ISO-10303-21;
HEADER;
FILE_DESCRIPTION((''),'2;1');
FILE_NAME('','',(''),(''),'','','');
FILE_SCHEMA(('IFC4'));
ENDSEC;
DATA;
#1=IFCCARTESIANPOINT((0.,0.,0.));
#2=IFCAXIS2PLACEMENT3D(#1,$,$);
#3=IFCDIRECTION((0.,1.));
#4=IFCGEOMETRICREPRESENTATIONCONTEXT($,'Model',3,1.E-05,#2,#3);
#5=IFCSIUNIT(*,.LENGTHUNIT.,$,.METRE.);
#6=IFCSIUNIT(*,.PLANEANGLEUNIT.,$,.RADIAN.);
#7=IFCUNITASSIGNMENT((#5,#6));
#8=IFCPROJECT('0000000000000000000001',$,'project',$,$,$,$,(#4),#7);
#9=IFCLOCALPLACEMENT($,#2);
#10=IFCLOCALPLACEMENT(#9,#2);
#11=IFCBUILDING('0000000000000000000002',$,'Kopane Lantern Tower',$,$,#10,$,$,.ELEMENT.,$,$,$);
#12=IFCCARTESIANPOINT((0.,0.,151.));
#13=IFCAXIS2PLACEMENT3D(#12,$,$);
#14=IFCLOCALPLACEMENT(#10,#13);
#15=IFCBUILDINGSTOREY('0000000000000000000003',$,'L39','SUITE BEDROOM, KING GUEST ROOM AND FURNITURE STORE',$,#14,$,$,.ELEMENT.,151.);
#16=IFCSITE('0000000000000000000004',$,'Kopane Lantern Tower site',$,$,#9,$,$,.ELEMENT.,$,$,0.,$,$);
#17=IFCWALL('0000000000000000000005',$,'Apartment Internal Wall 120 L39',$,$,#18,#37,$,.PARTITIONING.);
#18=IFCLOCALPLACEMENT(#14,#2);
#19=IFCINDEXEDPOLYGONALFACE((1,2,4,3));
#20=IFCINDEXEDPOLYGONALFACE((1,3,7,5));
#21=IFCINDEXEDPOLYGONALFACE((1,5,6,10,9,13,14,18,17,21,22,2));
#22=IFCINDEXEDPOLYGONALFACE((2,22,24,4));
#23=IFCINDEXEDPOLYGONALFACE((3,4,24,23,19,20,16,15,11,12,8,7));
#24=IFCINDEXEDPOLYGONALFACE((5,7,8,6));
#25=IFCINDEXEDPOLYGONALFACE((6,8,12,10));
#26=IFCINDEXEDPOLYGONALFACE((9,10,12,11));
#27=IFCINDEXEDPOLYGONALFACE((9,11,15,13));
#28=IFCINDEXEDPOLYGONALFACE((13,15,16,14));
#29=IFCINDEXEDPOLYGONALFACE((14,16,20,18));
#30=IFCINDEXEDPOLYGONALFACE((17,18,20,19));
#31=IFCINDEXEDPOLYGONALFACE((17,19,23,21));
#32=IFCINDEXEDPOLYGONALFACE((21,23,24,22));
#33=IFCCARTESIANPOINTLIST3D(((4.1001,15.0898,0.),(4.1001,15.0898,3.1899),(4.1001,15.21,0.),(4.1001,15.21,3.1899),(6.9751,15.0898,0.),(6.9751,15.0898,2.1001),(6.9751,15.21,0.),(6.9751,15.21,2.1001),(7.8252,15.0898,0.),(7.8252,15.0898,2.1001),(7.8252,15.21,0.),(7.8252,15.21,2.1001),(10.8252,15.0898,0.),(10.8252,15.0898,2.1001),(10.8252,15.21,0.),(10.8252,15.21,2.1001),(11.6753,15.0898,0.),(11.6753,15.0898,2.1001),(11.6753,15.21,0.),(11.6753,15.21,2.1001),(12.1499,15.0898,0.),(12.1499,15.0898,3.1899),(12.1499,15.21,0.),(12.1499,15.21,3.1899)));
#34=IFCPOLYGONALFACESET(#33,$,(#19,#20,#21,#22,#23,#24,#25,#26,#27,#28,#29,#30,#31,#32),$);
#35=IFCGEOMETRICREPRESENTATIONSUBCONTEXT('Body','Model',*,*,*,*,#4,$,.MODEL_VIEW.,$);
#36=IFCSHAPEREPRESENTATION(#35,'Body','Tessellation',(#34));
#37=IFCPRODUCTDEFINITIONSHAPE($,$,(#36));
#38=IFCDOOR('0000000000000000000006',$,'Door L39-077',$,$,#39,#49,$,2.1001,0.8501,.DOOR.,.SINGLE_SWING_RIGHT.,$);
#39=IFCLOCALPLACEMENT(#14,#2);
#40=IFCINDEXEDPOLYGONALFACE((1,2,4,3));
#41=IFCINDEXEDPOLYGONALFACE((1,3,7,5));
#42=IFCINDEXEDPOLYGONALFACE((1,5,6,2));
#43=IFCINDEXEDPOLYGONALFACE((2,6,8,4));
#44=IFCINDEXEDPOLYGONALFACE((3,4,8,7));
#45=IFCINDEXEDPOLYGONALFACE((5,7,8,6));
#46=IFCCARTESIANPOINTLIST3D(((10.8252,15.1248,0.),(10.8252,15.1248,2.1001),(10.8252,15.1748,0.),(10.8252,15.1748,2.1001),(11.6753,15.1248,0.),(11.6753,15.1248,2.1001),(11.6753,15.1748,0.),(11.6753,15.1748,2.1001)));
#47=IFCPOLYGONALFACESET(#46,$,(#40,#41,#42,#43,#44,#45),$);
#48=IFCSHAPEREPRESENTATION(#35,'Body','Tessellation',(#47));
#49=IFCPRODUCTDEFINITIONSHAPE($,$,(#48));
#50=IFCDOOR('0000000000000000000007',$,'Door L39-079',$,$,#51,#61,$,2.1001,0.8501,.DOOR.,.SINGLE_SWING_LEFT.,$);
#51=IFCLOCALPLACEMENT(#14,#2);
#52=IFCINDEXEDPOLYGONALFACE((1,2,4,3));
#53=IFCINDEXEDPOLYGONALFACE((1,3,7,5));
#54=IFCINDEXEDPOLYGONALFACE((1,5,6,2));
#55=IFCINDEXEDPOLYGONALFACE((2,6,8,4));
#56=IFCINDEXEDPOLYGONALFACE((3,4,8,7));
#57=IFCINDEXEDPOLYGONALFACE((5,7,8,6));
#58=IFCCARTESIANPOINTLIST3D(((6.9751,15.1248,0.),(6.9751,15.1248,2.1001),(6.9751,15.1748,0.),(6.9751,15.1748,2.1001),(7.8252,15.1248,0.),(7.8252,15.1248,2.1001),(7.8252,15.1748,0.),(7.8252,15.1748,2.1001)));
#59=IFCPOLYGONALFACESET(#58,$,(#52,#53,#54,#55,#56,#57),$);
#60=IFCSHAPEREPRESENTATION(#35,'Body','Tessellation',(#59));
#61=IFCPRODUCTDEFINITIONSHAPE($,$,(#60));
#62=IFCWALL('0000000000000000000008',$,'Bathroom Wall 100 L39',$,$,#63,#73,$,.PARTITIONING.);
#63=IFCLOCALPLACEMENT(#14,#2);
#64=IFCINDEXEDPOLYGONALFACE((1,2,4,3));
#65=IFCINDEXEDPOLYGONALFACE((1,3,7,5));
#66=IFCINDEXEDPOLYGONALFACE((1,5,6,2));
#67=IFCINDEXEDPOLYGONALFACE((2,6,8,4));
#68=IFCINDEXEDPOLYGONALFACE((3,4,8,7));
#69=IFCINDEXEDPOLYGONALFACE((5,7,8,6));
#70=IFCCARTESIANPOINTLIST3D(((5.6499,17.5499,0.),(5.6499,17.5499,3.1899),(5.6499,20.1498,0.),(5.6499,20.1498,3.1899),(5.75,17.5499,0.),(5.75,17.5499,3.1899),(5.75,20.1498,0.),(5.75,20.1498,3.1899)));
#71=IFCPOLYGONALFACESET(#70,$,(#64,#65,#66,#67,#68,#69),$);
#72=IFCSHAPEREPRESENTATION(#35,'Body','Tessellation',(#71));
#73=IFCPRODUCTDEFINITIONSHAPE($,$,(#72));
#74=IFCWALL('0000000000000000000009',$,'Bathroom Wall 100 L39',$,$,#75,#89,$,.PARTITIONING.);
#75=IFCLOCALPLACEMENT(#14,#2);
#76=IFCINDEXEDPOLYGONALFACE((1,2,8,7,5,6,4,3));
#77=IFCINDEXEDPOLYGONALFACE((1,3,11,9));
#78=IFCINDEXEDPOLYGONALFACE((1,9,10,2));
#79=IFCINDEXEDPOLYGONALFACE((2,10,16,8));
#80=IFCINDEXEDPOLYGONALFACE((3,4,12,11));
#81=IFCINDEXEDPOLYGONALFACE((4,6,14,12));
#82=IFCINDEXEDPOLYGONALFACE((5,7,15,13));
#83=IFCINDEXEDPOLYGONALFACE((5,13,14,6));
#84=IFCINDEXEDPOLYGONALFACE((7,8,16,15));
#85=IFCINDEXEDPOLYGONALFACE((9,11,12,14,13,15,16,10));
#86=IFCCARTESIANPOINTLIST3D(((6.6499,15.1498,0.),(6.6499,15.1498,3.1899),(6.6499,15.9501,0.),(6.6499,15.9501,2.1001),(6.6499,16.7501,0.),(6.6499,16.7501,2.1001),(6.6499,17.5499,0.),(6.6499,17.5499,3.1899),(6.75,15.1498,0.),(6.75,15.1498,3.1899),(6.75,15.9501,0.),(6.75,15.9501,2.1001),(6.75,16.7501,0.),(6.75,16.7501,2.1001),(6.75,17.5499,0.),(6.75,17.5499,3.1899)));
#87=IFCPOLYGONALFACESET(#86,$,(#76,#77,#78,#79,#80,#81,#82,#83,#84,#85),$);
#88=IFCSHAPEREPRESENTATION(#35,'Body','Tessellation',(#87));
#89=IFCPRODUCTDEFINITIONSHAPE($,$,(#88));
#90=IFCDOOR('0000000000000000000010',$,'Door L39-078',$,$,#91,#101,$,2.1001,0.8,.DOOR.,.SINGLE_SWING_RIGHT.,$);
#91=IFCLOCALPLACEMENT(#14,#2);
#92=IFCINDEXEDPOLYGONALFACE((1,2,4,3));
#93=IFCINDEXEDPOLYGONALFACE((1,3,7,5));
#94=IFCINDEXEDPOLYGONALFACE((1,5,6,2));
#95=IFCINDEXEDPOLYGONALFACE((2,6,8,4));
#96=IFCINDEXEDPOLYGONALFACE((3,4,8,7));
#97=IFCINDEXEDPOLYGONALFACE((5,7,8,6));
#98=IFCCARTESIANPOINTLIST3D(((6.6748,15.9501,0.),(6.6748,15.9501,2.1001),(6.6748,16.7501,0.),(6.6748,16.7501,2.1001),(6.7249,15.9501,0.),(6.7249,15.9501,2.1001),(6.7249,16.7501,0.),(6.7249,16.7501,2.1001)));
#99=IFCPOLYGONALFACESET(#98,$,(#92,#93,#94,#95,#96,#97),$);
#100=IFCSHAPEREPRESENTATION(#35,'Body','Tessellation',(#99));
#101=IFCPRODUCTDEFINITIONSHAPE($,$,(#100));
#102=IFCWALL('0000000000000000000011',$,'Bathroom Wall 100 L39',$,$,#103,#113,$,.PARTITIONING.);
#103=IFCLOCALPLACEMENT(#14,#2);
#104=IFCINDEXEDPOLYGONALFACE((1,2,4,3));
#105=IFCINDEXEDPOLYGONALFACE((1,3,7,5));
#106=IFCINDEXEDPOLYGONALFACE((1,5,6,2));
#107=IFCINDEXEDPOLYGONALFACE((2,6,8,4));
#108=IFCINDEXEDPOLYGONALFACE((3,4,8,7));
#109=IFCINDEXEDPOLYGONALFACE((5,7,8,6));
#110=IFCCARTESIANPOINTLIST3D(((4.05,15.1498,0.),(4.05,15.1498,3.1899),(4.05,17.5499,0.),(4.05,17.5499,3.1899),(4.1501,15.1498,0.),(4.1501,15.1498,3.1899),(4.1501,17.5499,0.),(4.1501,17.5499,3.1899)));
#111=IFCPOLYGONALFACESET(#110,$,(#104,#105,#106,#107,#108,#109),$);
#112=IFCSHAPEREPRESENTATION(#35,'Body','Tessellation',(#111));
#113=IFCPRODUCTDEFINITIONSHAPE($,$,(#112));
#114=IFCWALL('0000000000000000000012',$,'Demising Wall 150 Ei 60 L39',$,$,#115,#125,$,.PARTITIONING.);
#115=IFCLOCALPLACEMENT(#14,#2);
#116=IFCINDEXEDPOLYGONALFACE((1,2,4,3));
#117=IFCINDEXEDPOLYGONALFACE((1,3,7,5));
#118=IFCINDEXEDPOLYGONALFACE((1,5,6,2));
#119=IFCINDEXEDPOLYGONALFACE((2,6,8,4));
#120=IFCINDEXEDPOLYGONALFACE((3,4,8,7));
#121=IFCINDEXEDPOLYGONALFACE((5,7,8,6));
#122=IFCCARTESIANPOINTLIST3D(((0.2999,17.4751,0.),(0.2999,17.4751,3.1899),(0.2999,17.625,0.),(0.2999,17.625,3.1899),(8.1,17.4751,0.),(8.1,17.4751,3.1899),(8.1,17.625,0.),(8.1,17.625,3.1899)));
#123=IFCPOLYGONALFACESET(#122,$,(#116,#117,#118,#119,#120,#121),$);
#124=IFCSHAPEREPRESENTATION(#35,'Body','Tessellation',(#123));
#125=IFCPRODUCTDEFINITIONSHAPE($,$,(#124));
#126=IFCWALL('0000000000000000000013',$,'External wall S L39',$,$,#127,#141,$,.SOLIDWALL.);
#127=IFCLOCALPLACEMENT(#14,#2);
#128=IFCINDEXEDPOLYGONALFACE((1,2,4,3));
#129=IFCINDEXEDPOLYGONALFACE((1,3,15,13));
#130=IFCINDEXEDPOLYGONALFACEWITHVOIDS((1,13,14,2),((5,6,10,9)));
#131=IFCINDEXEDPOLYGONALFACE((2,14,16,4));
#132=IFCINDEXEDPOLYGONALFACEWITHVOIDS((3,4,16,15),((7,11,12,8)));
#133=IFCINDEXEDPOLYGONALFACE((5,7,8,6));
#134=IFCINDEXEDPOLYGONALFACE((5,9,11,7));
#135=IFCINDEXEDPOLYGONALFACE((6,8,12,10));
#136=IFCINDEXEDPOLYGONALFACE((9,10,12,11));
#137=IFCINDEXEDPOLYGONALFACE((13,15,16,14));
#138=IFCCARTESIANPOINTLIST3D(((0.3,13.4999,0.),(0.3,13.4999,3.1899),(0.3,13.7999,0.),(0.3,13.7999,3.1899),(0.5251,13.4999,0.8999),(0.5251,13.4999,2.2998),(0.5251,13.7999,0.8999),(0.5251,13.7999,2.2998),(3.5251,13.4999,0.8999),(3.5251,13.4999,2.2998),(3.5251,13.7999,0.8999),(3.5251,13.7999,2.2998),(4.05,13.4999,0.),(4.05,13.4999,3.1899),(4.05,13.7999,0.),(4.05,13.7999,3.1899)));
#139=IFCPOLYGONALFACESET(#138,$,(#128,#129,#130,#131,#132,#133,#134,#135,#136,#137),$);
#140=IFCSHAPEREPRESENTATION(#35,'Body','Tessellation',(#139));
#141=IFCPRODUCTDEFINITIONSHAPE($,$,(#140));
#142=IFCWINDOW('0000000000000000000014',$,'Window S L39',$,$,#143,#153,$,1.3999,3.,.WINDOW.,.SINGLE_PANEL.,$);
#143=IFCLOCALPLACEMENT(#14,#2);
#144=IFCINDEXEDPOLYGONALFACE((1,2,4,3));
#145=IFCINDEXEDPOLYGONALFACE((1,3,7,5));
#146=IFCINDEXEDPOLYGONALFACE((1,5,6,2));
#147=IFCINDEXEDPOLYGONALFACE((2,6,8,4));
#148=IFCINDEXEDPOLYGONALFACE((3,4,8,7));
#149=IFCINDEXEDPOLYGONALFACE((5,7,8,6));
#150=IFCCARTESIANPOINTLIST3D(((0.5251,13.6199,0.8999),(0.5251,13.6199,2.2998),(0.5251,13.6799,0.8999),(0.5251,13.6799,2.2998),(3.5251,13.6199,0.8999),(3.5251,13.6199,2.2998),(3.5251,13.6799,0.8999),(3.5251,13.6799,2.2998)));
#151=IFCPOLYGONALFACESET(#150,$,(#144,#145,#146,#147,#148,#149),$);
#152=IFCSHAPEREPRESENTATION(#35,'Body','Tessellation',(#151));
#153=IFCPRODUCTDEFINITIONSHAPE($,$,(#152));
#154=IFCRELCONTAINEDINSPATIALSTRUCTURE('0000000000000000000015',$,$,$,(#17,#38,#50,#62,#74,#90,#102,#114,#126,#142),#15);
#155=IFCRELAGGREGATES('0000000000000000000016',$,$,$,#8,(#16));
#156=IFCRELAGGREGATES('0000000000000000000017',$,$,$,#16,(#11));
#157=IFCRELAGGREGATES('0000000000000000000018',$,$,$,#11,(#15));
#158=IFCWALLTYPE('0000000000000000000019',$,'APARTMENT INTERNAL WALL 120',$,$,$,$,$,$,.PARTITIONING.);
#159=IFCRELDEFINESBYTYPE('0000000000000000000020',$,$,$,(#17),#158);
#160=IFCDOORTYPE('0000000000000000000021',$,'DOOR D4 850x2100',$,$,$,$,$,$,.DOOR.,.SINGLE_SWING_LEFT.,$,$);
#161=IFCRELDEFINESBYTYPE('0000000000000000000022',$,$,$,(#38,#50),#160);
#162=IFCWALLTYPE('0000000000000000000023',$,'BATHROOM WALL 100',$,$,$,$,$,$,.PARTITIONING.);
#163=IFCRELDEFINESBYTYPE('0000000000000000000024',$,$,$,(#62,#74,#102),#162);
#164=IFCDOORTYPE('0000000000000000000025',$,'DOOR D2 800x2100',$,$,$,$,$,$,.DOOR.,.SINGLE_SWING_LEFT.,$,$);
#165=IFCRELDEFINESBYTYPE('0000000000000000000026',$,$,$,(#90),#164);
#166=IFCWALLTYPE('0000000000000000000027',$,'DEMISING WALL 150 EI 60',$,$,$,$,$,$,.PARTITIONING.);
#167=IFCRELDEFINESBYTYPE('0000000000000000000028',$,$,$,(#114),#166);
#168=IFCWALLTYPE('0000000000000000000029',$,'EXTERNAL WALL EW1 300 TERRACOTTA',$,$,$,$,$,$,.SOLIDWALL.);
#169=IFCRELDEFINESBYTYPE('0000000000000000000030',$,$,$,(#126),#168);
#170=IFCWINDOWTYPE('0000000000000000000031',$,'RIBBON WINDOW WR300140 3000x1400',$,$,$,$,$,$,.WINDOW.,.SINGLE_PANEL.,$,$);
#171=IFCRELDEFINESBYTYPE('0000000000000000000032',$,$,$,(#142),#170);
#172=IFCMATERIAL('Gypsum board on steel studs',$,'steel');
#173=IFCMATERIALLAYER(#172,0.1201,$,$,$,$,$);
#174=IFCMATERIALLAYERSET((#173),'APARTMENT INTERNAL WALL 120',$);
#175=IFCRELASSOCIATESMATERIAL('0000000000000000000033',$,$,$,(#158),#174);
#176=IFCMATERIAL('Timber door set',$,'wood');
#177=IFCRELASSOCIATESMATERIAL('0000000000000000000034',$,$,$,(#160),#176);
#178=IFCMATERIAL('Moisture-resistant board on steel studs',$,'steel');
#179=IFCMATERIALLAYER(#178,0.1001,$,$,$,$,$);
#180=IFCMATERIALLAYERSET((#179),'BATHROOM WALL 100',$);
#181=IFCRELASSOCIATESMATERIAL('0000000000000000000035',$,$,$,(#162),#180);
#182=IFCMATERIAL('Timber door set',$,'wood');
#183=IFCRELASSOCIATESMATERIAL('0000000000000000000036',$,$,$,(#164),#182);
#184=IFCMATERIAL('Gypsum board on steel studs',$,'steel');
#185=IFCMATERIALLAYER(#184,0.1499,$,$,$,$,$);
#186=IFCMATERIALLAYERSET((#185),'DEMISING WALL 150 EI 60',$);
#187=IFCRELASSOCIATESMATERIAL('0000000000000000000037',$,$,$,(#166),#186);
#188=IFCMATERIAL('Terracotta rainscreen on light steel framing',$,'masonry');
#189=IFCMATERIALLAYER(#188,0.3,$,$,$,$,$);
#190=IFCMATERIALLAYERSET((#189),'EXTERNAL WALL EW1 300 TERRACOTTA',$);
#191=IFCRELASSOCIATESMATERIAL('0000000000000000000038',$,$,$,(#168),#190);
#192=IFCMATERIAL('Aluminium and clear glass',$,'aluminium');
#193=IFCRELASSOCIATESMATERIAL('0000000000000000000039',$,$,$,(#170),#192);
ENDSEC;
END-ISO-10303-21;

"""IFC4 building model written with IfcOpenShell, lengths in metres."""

from ifc_helpers import new_model, si_unit, direction, frame, frame_2d, origin, place, context, subcontext, project, spatial, rectangle, extrude, material, layer, layer_set, type_object, element, fill, save


model = new_model("IFC4")

# Units and contexts
model_context = context("Model", 3, precision=1e-05, world=origin(), true_north=direction((0.0, 1.0)))
body_context = subcontext(model_context, "Body", "Model", "MODEL_VIEW")
ifc_project = project(units=[si_unit("LENGTHUNIT", "METRE"), si_unit("PLANEANGLEUNIT", "RADIAN")], contexts=[model_context])

# Site, building, storey
site_placement = place(None, origin())
site = spatial("IfcSite", under=ifc_project, at=site_placement, Name="Kopane Lantern Tower site", CompositionType="ELEMENT", RefElevation=0.0)
building_placement = place(site_placement, origin())
building = spatial("IfcBuilding", under=site, at=building_placement, Name="Kopane Lantern Tower", CompositionType="ELEMENT")
storey_placement = place(building_placement, frame((0.0, 0.0, 151.0)))
storey = spatial("IfcBuildingStorey", under=building, at=storey_placement, Name="L39", Description="SUITE BEDROOM, KING GUEST ROOM AND FURNITURE STORE", CompositionType="ELEMENT", Elevation=151.0)

# Wall, openings, doors
ifc_material_1 = material(Name="Gypsum board on steel studs", Category="steel")
ifc_layer_1 = layer(ifc_material_1, 0.1201)
ifc_layer_set_1 = layer_set([ifc_layer_1], Name="APARTMENT INTERNAL WALL 120")
wall_type_1 = type_object("IfcWallType", Name="APARTMENT INTERNAL WALL 120", PredefinedType="PARTITIONING", material=ifc_layer_set_1)
wall_1_placement = place(storey_placement, frame((4.1001, 15.1499, 0.0), z_axis=(0.0, 0.0, 1.0), x_axis=(1.0, 0.0, 0.0)))
wall_1 = element("IfcWall", 1, at=wall_1_placement, inside=storey, type_object=wall_type_1, Name="Apartment Internal Wall 120 L39", PredefinedType="PARTITIONING", context=body_context, shape_type="SweptSolid", body=[
    extrude(rectangle(XDim=8.0498, YDim=0.1201, at=frame_2d((4.0249, 0.0))), origin(), (0.0, 0.0, 1.0), 3.1899),
])
opening_1_placement = place(wall_1_placement, frame((6.7251, 0.0, 0.0)))
opening_1 = element("IfcOpeningElement", 2, at=opening_1_placement, cuts=wall_1, PredefinedType="OPENING", context=body_context, shape_type="SweptSolid", body=[
    extrude(rectangle(XDim=0.8501, YDim=2.1001, at=frame_2d((0.425, 1.05))), frame((0.0, 0.0701, 0.0), z_axis=(0.0, -1.0, 0.0), x_axis=(1.0, 0.0, 0.0)), (0.0, 0.0, 1.0), 0.1401),
])
opening_2_placement = place(wall_1_placement, frame((2.875, 0.0, 0.0)))
opening_2 = element("IfcOpeningElement", 3, at=opening_2_placement, cuts=wall_1, PredefinedType="OPENING", context=body_context, shape_type="SweptSolid", body=[
    extrude(rectangle(XDim=0.8501, YDim=2.1001, at=frame_2d((0.425, 1.05))), frame((0.0, 0.0701, 0.0), z_axis=(0.0, -1.0, 0.0), x_axis=(1.0, 0.0, 0.0)), (0.0, 0.0, 1.0), 0.1401),
])
ifc_material_2 = material(Name="Timber door set", Category="wood")
door_type_1 = type_object("IfcDoorType", Name="DOOR D4 850x2100", OperationType="SINGLE_SWING_LEFT", PredefinedType="DOOR", material=ifc_material_2)
door_1_placement = place(opening_1_placement, origin())
door_1 = element("IfcDoor", 4, at=door_1_placement, inside=storey, type_object=door_type_1, Name="Door L39-077", OperationType="SINGLE_SWING_RIGHT", OverallHeight=2.1001, OverallWidth=0.8501, PredefinedType="DOOR", context=body_context, shape_type="SweptSolid", body=[
    extrude(rectangle(XDim=0.8501, YDim=2.1001, at=frame_2d((0.425, 1.05))), frame((0.0, 0.0249, 0.0), z_axis=(0.0, -1.0, 0.0), x_axis=(1.0, 0.0, 0.0)), (0.0, 0.0, 1.0), 0.05),
])
fill(opening_1, door_1)
door_2_placement = place(opening_2_placement, origin())
door_2 = element("IfcDoor", 5, at=door_2_placement, inside=storey, type_object=door_type_1, Name="Door L39-079", OperationType="SINGLE_SWING_LEFT", OverallHeight=2.1001, OverallWidth=0.8501, PredefinedType="DOOR", context=body_context, shape_type="SweptSolid", body=[
    extrude(rectangle(XDim=0.8501, YDim=2.1001, at=frame_2d((0.425, 1.05))), frame((0.0, 0.0249, 0.0), z_axis=(0.0, -1.0, 0.0), x_axis=(1.0, 0.0, 0.0)), (0.0, 0.0, 1.0), 0.05),
])
fill(opening_2, door_2)

# Wall
ifc_material_3 = material(Name="Moisture-resistant board on steel studs", Category="steel")
ifc_layer_2 = layer(ifc_material_3, 0.1001)
ifc_layer_set_2 = layer_set([ifc_layer_2], Name="BATHROOM WALL 100")
wall_type_2 = type_object("IfcWallType", Name="BATHROOM WALL 100", PredefinedType="PARTITIONING", material=ifc_layer_set_2)
wall_2_placement = place(storey_placement, frame((5.7, 17.55, 0.0), z_axis=(0.0, 0.0, 1.0), x_axis=(0.0, 1.0, 0.0)))
element("IfcWall", 6, at=wall_2_placement, inside=storey, type_object=wall_type_2, Name="Bathroom Wall 100 L39", PredefinedType="PARTITIONING", context=body_context, shape_type="SweptSolid", body=[
    extrude(rectangle(XDim=2.5999, YDim=0.1001, at=frame_2d((1.2998, 0.0))), origin(), (0.0, 0.0, 1.0), 3.1899),
])

# Wall, opening, door
wall_3_placement = place(storey_placement, frame((6.7, 17.55, 0.0), z_axis=(0.0, 0.0, 1.0), x_axis=(0.0, -1.0, 0.0)))
wall_3 = element("IfcWall", 7, at=wall_3_placement, inside=storey, type_object=wall_type_2, Name="Bathroom Wall 100 L39", PredefinedType="PARTITIONING", context=body_context, shape_type="SweptSolid", body=[
    extrude(rectangle(XDim=2.4001, YDim=0.1001, at=frame_2d((1.2002, 0.0))), origin(), (0.0, 0.0, 1.0), 3.1899),
])
opening_3_placement = place(wall_3_placement, frame((0.8, 0.0, 0.0)))
opening_3 = element("IfcOpeningElement", 8, at=opening_3_placement, cuts=wall_3, PredefinedType="OPENING", context=body_context, shape_type="SweptSolid", body=[
    extrude(rectangle(XDim=0.8, YDim=2.1001, at=frame_2d((0.3999, 1.05))), frame((0.0, 0.0601, 0.0), z_axis=(0.0, -1.0, 0.0), x_axis=(1.0, 0.0, 0.0)), (0.0, 0.0, 1.0), 0.1201),
])
ifc_material_4 = material(Name="Timber door set", Category="wood")
door_type_2 = type_object("IfcDoorType", Name="DOOR D2 800x2100", OperationType="SINGLE_SWING_LEFT", PredefinedType="DOOR", material=ifc_material_4)
door_3_placement = place(opening_3_placement, origin())
door_3 = element("IfcDoor", 9, at=door_3_placement, inside=storey, type_object=door_type_2, Name="Door L39-078", OperationType="SINGLE_SWING_RIGHT", OverallHeight=2.1001, OverallWidth=0.8, PredefinedType="DOOR", context=body_context, shape_type="SweptSolid", body=[
    extrude(rectangle(XDim=0.8, YDim=2.1001, at=frame_2d((0.3999, 1.05))), frame((0.0, 0.0249, 0.0), z_axis=(0.0, -1.0, 0.0), x_axis=(1.0, 0.0, 0.0)), (0.0, 0.0, 1.0), 0.05),
])
fill(opening_3, door_3)

# Walls
wall_4_placement = place(storey_placement, frame((4.1001, 17.55, 0.0), z_axis=(0.0, 0.0, 1.0), x_axis=(0.0, -1.0, 0.0)))
element("IfcWall", 10, at=wall_4_placement, inside=storey, type_object=wall_type_2, Name="Bathroom Wall 100 L39", PredefinedType="PARTITIONING", context=body_context, shape_type="SweptSolid", body=[
    extrude(rectangle(XDim=2.4001, YDim=0.1001, at=frame_2d((1.2002, 0.0))), origin(), (0.0, 0.0, 1.0), 3.1899),
])
ifc_material_5 = material(Name="Gypsum board on steel studs", Category="steel")
ifc_layer_3 = layer(ifc_material_5, 0.1499)
ifc_layer_set_3 = layer_set([ifc_layer_3], Name="DEMISING WALL 150 EI 60")
wall_type_3 = type_object("IfcWallType", Name="DEMISING WALL 150 EI 60", PredefinedType="PARTITIONING", material=ifc_layer_set_3)
wall_5_placement = place(storey_placement, frame((0.3, 17.55, 0.0), z_axis=(0.0, 0.0, 1.0), x_axis=(1.0, 0.0, 0.0)))
element("IfcWall", 11, at=wall_5_placement, inside=storey, type_object=wall_type_3, Name="Demising Wall 150 Ei 60 L39", PredefinedType="PARTITIONING", context=body_context, shape_type="SweptSolid", body=[
    extrude(rectangle(XDim=7.8, YDim=0.1499, at=frame_2d((3.8999, 0.0))), origin(), (0.0, 0.0, 1.0), 3.1899),
])

# Wall, opening, window
ifc_material_6 = material(Name="Terracotta rainscreen on light steel framing", Category="masonry")
ifc_layer_4 = layer(ifc_material_6, 0.3)
ifc_layer_set_4 = layer_set([ifc_layer_4], Name="EXTERNAL WALL EW1 300 TERRACOTTA")
wall_type_4 = type_object("IfcWallType", Name="EXTERNAL WALL EW1 300 TERRACOTTA", PredefinedType="SOLIDWALL", material=ifc_layer_set_4)
wall_6_placement = place(storey_placement, frame((0.3, 13.6499, 0.0), z_axis=(0.0, 0.0, 1.0), x_axis=(1.0, 0.0, 0.0)))
wall_6 = element("IfcWall", 12, at=wall_6_placement, inside=storey, type_object=wall_type_4, Name="External wall S L39", PredefinedType="SOLIDWALL", context=body_context, shape_type="SweptSolid", body=[
    extrude(rectangle(XDim=3.75, YDim=0.3, at=frame_2d((1.875, 0.0))), origin(), (0.0, 0.0, 1.0), 3.1899),
])
opening_4_placement = place(wall_6_placement, frame((0.2251, 0.0, 0.8999)))
opening_4 = element("IfcOpeningElement", 13, at=opening_4_placement, cuts=wall_6, PredefinedType="OPENING", context=body_context, shape_type="SweptSolid", body=[
    extrude(rectangle(XDim=3.0, YDim=1.3999, at=frame_2d((1.5, 0.7))), frame((0.0, 0.1599, 0.0), z_axis=(0.0, -1.0, 0.0), x_axis=(1.0, 0.0, 0.0)), (0.0, 0.0, 1.0), 0.3201),
])
ifc_material_7 = material(Name="Aluminium and clear glass", Category="aluminium")
window_type = type_object("IfcWindowType", Name="RIBBON WINDOW WR300140 3000x1400", PartitioningType="SINGLE_PANEL", PredefinedType="WINDOW", material=ifc_material_7)
window_1_placement = place(opening_4_placement, origin())
window_1 = element("IfcWindow", 14, at=window_1_placement, inside=storey, type_object=window_type, Name="Window S L39", OverallHeight=1.3999, OverallWidth=3.0, PartitioningType="SINGLE_PANEL", PredefinedType="WINDOW", context=body_context, shape_type="SweptSolid", body=[
    extrude(rectangle(XDim=3.0, YDim=1.3999, at=frame_2d((1.5, 0.7))), frame((0.0, 0.03, 0.0), z_axis=(0.0, -1.0, 0.0), x_axis=(1.0, 0.0, 0.0)), (0.0, 0.0, 1.0), 0.0601),
])
fill(opening_4, window_1)

save(model, "model.ifc")
